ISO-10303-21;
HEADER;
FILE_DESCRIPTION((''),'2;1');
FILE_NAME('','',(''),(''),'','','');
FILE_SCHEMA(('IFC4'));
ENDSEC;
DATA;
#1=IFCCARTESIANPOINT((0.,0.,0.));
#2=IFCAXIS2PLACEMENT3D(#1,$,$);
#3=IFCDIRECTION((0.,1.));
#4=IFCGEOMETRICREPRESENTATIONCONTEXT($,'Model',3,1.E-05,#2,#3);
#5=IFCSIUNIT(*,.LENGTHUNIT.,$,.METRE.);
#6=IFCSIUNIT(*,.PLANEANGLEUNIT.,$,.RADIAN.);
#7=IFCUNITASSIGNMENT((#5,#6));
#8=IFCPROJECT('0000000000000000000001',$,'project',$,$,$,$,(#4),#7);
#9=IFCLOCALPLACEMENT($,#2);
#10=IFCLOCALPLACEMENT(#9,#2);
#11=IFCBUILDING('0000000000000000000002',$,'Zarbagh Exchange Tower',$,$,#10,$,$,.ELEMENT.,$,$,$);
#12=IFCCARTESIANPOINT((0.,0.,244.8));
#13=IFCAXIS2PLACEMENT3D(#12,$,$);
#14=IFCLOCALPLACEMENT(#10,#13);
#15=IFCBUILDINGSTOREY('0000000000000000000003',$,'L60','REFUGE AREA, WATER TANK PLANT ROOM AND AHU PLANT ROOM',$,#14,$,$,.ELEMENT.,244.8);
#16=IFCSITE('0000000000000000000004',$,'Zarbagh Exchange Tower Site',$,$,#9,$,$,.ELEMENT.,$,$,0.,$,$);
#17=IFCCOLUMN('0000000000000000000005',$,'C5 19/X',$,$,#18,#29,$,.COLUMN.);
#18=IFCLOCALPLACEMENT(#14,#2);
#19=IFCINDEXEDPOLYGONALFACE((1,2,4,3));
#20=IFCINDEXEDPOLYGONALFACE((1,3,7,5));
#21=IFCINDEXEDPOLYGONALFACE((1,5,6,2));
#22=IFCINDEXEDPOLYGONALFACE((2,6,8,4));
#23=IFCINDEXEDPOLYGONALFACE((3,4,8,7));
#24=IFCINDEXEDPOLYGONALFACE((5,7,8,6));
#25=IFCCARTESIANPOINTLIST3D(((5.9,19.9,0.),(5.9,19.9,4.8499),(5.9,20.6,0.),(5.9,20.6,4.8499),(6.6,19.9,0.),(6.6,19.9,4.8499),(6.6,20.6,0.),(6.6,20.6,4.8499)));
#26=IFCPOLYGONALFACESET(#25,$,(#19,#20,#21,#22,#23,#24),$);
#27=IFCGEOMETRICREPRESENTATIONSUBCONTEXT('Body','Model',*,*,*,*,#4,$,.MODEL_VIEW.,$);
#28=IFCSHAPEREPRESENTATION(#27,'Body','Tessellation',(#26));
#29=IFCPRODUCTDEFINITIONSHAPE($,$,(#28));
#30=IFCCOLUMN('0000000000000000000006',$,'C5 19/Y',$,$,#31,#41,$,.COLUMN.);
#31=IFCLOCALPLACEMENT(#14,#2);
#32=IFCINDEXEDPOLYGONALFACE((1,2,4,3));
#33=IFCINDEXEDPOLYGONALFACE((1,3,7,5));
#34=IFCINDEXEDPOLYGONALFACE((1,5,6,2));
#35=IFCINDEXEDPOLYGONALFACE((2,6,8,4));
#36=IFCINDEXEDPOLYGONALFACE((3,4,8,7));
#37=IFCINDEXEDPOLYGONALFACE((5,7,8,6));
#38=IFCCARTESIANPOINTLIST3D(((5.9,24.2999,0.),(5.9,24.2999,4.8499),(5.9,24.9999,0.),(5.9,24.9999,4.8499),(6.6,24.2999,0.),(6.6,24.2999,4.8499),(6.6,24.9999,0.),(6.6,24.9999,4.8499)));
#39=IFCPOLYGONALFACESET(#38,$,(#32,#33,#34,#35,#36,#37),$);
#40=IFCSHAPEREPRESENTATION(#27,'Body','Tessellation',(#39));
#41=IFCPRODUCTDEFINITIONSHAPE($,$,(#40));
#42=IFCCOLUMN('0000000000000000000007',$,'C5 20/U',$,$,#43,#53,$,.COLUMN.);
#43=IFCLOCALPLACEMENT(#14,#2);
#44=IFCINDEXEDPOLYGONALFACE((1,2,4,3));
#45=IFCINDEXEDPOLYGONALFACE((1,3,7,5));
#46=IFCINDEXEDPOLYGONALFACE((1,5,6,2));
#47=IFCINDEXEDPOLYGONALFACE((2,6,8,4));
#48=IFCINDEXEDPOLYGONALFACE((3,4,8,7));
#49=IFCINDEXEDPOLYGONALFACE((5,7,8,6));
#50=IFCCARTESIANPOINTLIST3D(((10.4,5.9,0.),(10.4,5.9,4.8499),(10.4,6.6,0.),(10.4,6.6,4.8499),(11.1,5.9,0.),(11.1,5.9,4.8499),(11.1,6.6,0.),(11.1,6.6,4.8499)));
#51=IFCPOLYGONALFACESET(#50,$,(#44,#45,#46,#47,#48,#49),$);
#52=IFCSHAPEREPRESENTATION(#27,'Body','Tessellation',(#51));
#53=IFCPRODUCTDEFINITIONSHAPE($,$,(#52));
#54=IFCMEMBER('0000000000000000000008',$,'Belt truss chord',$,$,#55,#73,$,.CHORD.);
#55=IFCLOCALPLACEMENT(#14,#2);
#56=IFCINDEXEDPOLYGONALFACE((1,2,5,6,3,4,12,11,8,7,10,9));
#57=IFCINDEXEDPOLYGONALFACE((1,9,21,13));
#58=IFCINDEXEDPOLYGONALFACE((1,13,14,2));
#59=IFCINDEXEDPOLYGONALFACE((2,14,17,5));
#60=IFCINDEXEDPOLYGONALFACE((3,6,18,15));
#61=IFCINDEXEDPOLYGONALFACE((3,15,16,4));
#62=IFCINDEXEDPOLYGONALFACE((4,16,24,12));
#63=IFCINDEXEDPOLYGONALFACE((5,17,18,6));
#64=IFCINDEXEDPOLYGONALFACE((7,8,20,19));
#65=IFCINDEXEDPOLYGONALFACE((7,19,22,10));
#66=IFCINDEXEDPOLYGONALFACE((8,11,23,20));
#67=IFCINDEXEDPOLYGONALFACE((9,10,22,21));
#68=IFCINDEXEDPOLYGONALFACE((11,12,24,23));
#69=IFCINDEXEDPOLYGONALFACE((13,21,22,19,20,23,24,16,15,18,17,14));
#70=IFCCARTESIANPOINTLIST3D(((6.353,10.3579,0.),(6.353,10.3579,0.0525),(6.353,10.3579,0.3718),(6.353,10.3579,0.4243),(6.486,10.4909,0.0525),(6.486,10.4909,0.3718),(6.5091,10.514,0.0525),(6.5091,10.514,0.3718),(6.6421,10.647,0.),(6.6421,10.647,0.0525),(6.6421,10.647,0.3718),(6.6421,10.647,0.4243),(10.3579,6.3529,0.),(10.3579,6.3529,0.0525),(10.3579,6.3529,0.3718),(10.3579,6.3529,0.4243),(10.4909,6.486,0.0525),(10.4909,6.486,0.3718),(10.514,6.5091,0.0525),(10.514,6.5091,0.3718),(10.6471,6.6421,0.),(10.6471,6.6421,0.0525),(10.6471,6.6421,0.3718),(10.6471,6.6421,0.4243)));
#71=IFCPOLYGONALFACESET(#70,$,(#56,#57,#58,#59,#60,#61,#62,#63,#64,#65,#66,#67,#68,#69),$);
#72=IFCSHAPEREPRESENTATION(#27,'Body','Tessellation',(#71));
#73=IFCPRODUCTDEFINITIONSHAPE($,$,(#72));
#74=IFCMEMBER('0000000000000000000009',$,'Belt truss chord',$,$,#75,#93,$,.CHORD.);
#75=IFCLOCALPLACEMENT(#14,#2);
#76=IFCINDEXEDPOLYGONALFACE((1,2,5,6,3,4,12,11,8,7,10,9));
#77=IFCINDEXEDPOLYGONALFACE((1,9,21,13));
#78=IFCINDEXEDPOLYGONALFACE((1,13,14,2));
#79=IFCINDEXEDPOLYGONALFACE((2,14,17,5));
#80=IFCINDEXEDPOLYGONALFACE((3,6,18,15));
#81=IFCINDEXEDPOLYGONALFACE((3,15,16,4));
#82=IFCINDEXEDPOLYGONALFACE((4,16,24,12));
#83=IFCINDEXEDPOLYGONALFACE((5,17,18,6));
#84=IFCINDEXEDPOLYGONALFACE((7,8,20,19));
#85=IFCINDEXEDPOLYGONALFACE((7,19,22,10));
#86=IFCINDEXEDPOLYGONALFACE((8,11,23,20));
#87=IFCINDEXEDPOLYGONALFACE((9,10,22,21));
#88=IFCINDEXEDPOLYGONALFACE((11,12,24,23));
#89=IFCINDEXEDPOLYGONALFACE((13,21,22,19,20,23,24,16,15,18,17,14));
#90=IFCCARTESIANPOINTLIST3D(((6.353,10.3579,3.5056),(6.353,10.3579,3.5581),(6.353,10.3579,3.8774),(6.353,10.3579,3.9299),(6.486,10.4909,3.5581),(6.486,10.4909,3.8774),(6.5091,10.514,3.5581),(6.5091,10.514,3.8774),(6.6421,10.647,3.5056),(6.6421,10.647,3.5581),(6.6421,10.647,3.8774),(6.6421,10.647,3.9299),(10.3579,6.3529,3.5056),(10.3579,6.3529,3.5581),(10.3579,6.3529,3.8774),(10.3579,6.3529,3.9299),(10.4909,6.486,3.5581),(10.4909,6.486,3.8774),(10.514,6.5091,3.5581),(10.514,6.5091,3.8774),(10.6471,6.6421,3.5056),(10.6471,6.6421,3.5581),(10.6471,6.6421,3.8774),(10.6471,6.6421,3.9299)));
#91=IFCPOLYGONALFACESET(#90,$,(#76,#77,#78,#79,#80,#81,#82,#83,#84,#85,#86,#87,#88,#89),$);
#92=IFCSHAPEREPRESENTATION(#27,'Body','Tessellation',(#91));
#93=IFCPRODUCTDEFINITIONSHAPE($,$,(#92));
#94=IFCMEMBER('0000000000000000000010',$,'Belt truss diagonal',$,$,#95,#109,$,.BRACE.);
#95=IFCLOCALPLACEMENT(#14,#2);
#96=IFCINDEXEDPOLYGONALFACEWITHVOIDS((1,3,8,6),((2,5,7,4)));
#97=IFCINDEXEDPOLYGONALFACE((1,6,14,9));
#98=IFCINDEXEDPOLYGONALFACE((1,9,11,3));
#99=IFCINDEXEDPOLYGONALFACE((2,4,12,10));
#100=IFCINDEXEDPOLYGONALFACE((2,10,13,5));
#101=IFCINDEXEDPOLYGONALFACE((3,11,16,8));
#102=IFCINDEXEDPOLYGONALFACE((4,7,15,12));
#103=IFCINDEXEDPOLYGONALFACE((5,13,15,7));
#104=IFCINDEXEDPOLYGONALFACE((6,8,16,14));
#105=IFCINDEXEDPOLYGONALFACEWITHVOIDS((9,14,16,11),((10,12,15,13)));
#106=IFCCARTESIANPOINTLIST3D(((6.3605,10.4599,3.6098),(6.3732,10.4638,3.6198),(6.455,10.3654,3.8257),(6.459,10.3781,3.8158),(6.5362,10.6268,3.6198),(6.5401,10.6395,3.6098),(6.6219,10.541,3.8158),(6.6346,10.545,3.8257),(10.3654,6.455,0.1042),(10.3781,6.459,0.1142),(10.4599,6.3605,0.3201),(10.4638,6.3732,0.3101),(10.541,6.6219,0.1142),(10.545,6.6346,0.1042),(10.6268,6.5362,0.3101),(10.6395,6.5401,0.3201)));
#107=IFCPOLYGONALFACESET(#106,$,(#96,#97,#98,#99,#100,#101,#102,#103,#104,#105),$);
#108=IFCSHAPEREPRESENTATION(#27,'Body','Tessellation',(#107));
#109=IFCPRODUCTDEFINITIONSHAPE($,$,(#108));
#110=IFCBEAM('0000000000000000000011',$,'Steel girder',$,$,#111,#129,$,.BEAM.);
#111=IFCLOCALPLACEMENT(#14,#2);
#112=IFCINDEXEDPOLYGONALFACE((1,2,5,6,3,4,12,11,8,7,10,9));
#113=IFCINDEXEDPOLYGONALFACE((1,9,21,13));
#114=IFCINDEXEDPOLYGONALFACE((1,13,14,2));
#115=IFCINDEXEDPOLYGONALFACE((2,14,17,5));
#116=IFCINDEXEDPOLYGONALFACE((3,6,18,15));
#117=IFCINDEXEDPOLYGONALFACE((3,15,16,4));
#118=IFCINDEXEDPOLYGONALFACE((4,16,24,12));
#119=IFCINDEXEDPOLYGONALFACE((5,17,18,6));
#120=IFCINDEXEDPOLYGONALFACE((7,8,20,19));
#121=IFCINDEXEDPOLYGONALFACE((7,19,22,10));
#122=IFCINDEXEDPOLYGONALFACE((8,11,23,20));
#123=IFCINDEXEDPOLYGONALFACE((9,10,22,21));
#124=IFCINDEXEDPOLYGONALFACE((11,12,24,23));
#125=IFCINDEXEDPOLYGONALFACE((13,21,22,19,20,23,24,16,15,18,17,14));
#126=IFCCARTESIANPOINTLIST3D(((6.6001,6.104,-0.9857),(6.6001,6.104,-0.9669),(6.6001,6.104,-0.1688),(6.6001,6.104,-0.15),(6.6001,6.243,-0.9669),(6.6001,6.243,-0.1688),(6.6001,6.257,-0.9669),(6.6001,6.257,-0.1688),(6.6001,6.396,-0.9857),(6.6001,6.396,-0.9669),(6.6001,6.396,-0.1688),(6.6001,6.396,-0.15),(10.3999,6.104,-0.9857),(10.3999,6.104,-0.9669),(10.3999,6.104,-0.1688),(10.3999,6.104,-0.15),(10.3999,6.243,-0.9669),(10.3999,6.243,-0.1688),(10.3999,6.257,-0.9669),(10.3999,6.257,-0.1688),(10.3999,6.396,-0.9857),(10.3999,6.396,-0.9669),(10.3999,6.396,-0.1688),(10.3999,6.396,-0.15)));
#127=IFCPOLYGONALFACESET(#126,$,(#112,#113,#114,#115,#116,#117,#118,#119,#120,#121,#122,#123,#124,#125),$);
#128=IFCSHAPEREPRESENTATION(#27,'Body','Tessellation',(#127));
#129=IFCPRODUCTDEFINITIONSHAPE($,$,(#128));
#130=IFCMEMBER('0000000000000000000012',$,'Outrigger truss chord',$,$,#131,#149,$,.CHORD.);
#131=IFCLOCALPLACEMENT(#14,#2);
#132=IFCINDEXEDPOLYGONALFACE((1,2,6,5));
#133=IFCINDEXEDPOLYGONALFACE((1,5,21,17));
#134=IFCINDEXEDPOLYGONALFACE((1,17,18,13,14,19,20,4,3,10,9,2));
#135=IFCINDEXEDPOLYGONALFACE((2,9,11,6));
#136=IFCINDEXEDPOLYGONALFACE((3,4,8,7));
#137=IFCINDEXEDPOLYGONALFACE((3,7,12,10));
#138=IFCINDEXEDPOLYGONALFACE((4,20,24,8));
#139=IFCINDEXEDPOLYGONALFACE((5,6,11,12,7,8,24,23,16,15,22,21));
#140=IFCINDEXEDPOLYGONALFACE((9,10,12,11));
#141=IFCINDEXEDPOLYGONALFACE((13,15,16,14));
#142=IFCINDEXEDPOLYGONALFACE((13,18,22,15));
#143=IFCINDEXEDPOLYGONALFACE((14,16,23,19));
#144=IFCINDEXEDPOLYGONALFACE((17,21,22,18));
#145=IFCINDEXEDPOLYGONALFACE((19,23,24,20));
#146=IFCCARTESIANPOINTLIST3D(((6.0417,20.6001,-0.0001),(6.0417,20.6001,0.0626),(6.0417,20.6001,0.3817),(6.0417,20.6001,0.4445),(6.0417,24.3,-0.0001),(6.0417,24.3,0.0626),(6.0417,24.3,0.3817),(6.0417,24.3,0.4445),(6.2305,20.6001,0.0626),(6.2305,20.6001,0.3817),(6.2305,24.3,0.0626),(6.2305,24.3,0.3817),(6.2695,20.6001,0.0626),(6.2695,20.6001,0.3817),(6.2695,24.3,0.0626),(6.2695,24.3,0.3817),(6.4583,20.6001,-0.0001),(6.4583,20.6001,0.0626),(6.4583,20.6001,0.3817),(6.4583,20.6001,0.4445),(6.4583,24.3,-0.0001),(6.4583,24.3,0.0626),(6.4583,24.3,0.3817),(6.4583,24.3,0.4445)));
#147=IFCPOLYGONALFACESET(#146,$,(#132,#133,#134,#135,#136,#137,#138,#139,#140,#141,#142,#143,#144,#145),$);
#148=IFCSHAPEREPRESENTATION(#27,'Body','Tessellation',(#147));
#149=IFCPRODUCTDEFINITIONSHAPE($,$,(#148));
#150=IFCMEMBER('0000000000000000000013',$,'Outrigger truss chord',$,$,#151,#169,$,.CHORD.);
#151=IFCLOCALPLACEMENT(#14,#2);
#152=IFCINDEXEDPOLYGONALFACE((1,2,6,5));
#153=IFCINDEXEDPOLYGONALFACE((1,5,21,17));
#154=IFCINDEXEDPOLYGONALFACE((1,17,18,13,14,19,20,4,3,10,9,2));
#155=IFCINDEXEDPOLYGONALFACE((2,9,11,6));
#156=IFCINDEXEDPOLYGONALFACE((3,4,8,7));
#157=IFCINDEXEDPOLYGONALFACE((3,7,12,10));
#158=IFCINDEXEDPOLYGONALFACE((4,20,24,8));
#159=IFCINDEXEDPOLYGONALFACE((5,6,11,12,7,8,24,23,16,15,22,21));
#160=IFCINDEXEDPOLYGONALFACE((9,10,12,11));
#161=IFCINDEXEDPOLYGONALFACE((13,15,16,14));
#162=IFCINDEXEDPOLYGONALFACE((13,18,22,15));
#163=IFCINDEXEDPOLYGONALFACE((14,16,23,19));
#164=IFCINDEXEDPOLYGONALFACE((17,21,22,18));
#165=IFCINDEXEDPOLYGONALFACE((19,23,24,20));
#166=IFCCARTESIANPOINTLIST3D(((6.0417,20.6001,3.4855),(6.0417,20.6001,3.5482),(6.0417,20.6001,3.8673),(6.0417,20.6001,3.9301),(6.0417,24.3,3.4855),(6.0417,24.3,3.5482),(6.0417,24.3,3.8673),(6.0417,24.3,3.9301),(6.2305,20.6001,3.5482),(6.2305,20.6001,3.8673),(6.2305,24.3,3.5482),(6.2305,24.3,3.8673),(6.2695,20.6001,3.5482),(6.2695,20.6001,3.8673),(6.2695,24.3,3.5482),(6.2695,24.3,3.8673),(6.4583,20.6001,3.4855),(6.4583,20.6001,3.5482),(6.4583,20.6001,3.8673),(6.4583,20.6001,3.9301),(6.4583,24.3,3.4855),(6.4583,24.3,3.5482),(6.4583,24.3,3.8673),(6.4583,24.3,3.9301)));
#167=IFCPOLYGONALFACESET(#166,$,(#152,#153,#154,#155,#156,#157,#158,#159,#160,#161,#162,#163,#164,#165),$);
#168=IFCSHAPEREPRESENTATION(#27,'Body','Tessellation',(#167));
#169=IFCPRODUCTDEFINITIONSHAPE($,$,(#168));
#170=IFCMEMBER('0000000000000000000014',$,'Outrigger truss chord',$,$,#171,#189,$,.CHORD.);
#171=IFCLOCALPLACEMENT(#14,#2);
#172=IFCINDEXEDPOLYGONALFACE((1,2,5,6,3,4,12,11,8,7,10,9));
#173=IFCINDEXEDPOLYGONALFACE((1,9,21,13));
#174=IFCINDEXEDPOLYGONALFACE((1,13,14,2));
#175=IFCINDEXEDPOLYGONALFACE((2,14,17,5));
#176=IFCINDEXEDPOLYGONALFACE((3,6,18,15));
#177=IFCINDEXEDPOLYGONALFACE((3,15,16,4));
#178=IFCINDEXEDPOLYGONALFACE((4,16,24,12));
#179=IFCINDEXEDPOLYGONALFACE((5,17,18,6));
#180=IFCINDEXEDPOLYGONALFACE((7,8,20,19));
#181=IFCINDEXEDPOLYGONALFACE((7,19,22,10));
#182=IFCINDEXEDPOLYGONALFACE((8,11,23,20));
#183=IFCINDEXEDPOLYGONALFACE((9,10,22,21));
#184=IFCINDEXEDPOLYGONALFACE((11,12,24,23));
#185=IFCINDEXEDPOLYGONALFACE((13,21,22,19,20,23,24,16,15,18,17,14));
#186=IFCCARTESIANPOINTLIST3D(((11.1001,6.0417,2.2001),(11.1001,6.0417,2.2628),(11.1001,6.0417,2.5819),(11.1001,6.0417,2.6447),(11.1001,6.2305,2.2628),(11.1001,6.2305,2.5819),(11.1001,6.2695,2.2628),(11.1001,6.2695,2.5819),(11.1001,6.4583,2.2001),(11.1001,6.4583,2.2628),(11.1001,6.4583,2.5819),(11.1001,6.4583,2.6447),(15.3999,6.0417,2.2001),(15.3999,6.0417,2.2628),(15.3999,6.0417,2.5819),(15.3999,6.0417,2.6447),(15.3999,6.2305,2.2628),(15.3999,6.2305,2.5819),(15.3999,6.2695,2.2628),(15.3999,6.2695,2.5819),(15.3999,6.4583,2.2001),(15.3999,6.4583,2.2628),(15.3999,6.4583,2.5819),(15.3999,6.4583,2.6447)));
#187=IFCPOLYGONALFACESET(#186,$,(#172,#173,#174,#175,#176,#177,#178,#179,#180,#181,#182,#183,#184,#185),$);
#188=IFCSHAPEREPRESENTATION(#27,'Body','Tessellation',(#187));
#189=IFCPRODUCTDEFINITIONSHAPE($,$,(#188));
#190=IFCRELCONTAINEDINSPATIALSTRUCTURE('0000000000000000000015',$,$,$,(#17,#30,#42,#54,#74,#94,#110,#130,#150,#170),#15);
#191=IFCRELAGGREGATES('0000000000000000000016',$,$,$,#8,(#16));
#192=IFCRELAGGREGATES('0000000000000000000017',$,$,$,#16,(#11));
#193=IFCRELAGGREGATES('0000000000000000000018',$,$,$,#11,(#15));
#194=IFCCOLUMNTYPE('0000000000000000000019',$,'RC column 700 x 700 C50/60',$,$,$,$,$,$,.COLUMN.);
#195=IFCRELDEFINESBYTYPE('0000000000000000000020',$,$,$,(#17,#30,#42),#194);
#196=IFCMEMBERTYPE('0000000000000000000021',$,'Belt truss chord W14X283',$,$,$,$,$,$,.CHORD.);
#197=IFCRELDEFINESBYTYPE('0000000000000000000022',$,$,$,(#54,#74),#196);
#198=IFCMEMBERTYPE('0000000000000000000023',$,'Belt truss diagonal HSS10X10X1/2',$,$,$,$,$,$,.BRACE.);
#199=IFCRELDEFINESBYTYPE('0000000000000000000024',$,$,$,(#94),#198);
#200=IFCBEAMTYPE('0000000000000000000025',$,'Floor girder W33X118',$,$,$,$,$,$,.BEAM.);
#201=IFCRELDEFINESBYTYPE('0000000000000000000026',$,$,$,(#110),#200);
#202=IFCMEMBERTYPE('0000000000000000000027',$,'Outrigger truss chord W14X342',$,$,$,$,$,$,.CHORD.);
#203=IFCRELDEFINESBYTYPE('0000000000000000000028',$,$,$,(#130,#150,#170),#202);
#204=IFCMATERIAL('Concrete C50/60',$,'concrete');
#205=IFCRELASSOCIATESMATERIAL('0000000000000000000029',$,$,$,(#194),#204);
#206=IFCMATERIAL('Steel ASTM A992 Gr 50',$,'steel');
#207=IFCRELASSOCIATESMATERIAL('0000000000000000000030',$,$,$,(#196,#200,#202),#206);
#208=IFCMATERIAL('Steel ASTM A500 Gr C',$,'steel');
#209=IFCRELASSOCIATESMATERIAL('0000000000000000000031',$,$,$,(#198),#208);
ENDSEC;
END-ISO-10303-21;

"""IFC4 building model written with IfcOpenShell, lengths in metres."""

from ifc_helpers import new_model, si_unit, direction, frame, origin, origin_2d, place, context, subcontext, project, spatial, rectangle, hollow_rectangle, i_section, extrude, material, material_profile, profile_set, type_object, element, save


model = new_model("IFC4")

# Units and contexts
model_context = context("Model", 3, precision=1e-05, world=origin(), true_north=direction((0.0, 1.0)))
body_context = subcontext(model_context, "Body", "Model", "MODEL_VIEW")
ifc_project = project(units=[si_unit("LENGTHUNIT", "METRE"), si_unit("PLANEANGLEUNIT", "RADIAN")], contexts=[model_context])

# Site, building, storey
site_placement = place(None, origin())
site = spatial("IfcSite", under=ifc_project, at=site_placement, Name="Zarbagh Exchange Tower Site", CompositionType="ELEMENT", RefElevation=0.0)
building_placement = place(site_placement, origin())
building = spatial("IfcBuilding", under=site, at=building_placement, Name="Zarbagh Exchange Tower", CompositionType="ELEMENT")
storey_placement = place(building_placement, frame((0.0, 0.0, 244.8)))
storey = spatial("IfcBuildingStorey", under=building, at=storey_placement, Name="L60", Description="REFUGE AREA, WATER TANK PLANT ROOM AND AHU PLANT ROOM", CompositionType="ELEMENT", Elevation=244.8)

# Columns
ifc_material_1 = material(Name="Concrete C50/60", Category="concrete")
ifc_material_profile_1 = material_profile(ifc_material_1, rectangle(XDim=0.7, YDim=0.7, at=origin_2d()), Name="RC column 700 x 700 C50/60")
ifc_profile_set_1 = profile_set([ifc_material_profile_1], Name="Concrete C50/60")
column_type = type_object("IfcColumnType", Name="RC column 700 x 700 C50/60", PredefinedType="COLUMN", material=ifc_profile_set_1)
for number, where, z_axis, x_axis, name in (
    (1, (6.25, 20.25, 0.0), (0.0, 0.0, 1.0), (1.0, 0.0, 0.0), "C5 19/X"),
    (2, (6.25, 24.6499, 0.0), (0.0, 0.0, 1.0), (1.0, 0.0, 0.0), "C5 19/Y"),
    (3, (10.75, 6.25, 0.0), (0.0, 0.0, 1.0), (1.0, 0.0, 0.0), "C5 20/U"),
):
    element("IfcColumn", number, at=place(storey_placement, frame(where, z_axis=z_axis, x_axis=x_axis)), inside=storey, type_object=column_type, Name=name, PredefinedType="COLUMN", context=body_context, shape_type="SweptSolid", body=[
        extrude(rectangle(XDim=0.7, YDim=0.7, at=origin_2d()), origin(), (0.0, 0.0, 1.0), 4.8499),
    ])

# Members
ifc_material_2 = material(Name="Steel ASTM A992 Gr 50", Category="steel")
ifc_material_profile_2 = material_profile(ifc_material_2, i_section(OverallWidth=0.4089, OverallDepth=0.4243, WebThickness=0.0327, FlangeThickness=0.0525, at=origin_2d()), Name="W14X283")
ifc_profile_set_2 = profile_set([ifc_material_profile_2], Name="Steel ASTM A992 Gr 50")
member_type_1 = type_object("IfcMemberType", Name="Belt truss chord W14X283", PredefinedType="CHORD", material=ifc_profile_set_2)
for number, where, z_axis, x_axis, name in (
    (4, (6.4976, 10.5024, 0.2122), (0.707107, -0.707107, 0.0), (0.707107, 0.707107, 0.0), "Belt truss chord"),
    (5, (6.4976, 10.5024, 3.7178), (0.707107, -0.707107, 0.0), (0.707107, 0.707107, 0.0), "Belt truss chord"),
):
    element("IfcMember", number, at=place(storey_placement, frame(where, z_axis=z_axis, x_axis=x_axis)), inside=storey, type_object=member_type_1, Name=name, PredefinedType="CHORD", context=body_context, shape_type="SweptSolid", body=[
        extrude(i_section(OverallWidth=0.4089, OverallDepth=0.4243, WebThickness=0.0327, FlangeThickness=0.0525, at=origin_2d()), origin(), (0.0, 0.0, 1.0), 5.6638),
    ])
ifc_material_3 = material(Name="Steel ASTM A500 Gr C", Category="steel")
ifc_material_profile_3 = material_profile(ifc_material_3, hollow_rectangle(XDim=0.2539, YDim=0.2539, WallThickness=0.0117, at=origin_2d()), Name="HSS10X10X1/2")
ifc_profile_set_3 = profile_set([ifc_material_profile_3], Name="Steel ASTM A500 Gr C")
member_type_2 = type_object("IfcMemberType", Name="Belt truss diagonal HSS10X10X1/2", PredefinedType="BRACE", material=ifc_profile_set_3)
member_1_placement = place(storey_placement, frame((10.5024, 6.4976, 0.2122), z_axis=(-0.601253, 0.601253, 0.526298), x_axis=(-0.707107, -0.707107, 0.0)))
element("IfcMember", 6, at=member_1_placement, inside=storey, type_object=member_type_2, Name="Belt truss diagonal", PredefinedType="BRACE", context=body_context, shape_type="SweptSolid", body=[
    extrude(hollow_rectangle(XDim=0.2539, YDim=0.2539, WallThickness=0.0117, at=origin_2d()), origin(), (0.0, 0.0, 1.0), 6.6609),
])

# Beam
ifc_material_profile_4 = material_profile(ifc_material_2, i_section(OverallWidth=0.292, OverallDepth=0.8357, WebThickness=0.0139, FlangeThickness=0.0188, at=origin_2d()), Name="W33X118")
ifc_profile_set_4 = profile_set([ifc_material_profile_4], Name="Steel ASTM A992 Gr 50")
beam_type_1 = type_object("IfcBeamType", Name="Floor girder W33X118", PredefinedType="BEAM", material=ifc_profile_set_4)
beam_1_placement = place(storey_placement, frame((6.6001, 6.25, -0.5679), z_axis=(1.0, 0.0, 0.0), x_axis=(0.0, 1.0, 0.0)))
element("IfcBeam", 7, at=beam_1_placement, inside=storey, type_object=beam_type_1, Name="Steel girder", PredefinedType="BEAM", context=body_context, shape_type="SweptSolid", body=[
    extrude(i_section(OverallWidth=0.292, OverallDepth=0.8357, WebThickness=0.0139, FlangeThickness=0.0188, at=origin_2d()), origin(), (0.0, 0.0, 1.0), 3.7998),
])

# Members
ifc_material_profile_5 = material_profile(ifc_material_2, i_section(OverallWidth=0.4165, OverallDepth=0.4446, WebThickness=0.0391, FlangeThickness=0.0627, at=origin_2d()), Name="W14X342")
ifc_profile_set_5 = profile_set([ifc_material_profile_5], Name="Steel ASTM A992 Gr 50")
member_type_3 = type_object("IfcMemberType", Name="Outrigger truss chord W14X342", PredefinedType="CHORD", material=ifc_profile_set_5)
for number, where, z_axis, x_axis, name in (
    (8, (6.25, 24.3, 0.2222), (0.0, -1.0, 0.0), (1.0, 0.0, 0.0), "Outrigger truss chord"),
    (9, (6.25, 24.3, 3.7078), (0.0, -1.0, 0.0), (1.0, 0.0, 0.0), "Outrigger truss chord"),
):
    element("IfcMember", number, at=place(storey_placement, frame(where, z_axis=z_axis, x_axis=x_axis)), inside=storey, type_object=member_type_3, Name=name, PredefinedType="CHORD", context=body_context, shape_type="SweptSolid", body=[
        extrude(i_section(OverallWidth=0.4165, OverallDepth=0.4446, WebThickness=0.0391, FlangeThickness=0.0627, at=origin_2d()), origin(), (0.0, 0.0, 1.0), 3.7),
    ])
for number, where, z_axis, x_axis, name in (
    (10, (11.1001, 6.25, 2.4224), (1.0, 0.0, 0.0), (0.0, 1.0, 0.0), "Outrigger truss chord"),
):
    element("IfcMember", number, at=place(storey_placement, frame(where, z_axis=z_axis, x_axis=x_axis)), inside=storey, type_object=member_type_3, Name=name, PredefinedType="CHORD", context=body_context, shape_type="SweptSolid", body=[
        extrude(i_section(OverallWidth=0.4165, OverallDepth=0.4446, WebThickness=0.0391, FlangeThickness=0.0627, at=origin_2d()), origin(), (0.0, 0.0, 1.0), 4.2998),
    ])

save(model, "model.ifc")
